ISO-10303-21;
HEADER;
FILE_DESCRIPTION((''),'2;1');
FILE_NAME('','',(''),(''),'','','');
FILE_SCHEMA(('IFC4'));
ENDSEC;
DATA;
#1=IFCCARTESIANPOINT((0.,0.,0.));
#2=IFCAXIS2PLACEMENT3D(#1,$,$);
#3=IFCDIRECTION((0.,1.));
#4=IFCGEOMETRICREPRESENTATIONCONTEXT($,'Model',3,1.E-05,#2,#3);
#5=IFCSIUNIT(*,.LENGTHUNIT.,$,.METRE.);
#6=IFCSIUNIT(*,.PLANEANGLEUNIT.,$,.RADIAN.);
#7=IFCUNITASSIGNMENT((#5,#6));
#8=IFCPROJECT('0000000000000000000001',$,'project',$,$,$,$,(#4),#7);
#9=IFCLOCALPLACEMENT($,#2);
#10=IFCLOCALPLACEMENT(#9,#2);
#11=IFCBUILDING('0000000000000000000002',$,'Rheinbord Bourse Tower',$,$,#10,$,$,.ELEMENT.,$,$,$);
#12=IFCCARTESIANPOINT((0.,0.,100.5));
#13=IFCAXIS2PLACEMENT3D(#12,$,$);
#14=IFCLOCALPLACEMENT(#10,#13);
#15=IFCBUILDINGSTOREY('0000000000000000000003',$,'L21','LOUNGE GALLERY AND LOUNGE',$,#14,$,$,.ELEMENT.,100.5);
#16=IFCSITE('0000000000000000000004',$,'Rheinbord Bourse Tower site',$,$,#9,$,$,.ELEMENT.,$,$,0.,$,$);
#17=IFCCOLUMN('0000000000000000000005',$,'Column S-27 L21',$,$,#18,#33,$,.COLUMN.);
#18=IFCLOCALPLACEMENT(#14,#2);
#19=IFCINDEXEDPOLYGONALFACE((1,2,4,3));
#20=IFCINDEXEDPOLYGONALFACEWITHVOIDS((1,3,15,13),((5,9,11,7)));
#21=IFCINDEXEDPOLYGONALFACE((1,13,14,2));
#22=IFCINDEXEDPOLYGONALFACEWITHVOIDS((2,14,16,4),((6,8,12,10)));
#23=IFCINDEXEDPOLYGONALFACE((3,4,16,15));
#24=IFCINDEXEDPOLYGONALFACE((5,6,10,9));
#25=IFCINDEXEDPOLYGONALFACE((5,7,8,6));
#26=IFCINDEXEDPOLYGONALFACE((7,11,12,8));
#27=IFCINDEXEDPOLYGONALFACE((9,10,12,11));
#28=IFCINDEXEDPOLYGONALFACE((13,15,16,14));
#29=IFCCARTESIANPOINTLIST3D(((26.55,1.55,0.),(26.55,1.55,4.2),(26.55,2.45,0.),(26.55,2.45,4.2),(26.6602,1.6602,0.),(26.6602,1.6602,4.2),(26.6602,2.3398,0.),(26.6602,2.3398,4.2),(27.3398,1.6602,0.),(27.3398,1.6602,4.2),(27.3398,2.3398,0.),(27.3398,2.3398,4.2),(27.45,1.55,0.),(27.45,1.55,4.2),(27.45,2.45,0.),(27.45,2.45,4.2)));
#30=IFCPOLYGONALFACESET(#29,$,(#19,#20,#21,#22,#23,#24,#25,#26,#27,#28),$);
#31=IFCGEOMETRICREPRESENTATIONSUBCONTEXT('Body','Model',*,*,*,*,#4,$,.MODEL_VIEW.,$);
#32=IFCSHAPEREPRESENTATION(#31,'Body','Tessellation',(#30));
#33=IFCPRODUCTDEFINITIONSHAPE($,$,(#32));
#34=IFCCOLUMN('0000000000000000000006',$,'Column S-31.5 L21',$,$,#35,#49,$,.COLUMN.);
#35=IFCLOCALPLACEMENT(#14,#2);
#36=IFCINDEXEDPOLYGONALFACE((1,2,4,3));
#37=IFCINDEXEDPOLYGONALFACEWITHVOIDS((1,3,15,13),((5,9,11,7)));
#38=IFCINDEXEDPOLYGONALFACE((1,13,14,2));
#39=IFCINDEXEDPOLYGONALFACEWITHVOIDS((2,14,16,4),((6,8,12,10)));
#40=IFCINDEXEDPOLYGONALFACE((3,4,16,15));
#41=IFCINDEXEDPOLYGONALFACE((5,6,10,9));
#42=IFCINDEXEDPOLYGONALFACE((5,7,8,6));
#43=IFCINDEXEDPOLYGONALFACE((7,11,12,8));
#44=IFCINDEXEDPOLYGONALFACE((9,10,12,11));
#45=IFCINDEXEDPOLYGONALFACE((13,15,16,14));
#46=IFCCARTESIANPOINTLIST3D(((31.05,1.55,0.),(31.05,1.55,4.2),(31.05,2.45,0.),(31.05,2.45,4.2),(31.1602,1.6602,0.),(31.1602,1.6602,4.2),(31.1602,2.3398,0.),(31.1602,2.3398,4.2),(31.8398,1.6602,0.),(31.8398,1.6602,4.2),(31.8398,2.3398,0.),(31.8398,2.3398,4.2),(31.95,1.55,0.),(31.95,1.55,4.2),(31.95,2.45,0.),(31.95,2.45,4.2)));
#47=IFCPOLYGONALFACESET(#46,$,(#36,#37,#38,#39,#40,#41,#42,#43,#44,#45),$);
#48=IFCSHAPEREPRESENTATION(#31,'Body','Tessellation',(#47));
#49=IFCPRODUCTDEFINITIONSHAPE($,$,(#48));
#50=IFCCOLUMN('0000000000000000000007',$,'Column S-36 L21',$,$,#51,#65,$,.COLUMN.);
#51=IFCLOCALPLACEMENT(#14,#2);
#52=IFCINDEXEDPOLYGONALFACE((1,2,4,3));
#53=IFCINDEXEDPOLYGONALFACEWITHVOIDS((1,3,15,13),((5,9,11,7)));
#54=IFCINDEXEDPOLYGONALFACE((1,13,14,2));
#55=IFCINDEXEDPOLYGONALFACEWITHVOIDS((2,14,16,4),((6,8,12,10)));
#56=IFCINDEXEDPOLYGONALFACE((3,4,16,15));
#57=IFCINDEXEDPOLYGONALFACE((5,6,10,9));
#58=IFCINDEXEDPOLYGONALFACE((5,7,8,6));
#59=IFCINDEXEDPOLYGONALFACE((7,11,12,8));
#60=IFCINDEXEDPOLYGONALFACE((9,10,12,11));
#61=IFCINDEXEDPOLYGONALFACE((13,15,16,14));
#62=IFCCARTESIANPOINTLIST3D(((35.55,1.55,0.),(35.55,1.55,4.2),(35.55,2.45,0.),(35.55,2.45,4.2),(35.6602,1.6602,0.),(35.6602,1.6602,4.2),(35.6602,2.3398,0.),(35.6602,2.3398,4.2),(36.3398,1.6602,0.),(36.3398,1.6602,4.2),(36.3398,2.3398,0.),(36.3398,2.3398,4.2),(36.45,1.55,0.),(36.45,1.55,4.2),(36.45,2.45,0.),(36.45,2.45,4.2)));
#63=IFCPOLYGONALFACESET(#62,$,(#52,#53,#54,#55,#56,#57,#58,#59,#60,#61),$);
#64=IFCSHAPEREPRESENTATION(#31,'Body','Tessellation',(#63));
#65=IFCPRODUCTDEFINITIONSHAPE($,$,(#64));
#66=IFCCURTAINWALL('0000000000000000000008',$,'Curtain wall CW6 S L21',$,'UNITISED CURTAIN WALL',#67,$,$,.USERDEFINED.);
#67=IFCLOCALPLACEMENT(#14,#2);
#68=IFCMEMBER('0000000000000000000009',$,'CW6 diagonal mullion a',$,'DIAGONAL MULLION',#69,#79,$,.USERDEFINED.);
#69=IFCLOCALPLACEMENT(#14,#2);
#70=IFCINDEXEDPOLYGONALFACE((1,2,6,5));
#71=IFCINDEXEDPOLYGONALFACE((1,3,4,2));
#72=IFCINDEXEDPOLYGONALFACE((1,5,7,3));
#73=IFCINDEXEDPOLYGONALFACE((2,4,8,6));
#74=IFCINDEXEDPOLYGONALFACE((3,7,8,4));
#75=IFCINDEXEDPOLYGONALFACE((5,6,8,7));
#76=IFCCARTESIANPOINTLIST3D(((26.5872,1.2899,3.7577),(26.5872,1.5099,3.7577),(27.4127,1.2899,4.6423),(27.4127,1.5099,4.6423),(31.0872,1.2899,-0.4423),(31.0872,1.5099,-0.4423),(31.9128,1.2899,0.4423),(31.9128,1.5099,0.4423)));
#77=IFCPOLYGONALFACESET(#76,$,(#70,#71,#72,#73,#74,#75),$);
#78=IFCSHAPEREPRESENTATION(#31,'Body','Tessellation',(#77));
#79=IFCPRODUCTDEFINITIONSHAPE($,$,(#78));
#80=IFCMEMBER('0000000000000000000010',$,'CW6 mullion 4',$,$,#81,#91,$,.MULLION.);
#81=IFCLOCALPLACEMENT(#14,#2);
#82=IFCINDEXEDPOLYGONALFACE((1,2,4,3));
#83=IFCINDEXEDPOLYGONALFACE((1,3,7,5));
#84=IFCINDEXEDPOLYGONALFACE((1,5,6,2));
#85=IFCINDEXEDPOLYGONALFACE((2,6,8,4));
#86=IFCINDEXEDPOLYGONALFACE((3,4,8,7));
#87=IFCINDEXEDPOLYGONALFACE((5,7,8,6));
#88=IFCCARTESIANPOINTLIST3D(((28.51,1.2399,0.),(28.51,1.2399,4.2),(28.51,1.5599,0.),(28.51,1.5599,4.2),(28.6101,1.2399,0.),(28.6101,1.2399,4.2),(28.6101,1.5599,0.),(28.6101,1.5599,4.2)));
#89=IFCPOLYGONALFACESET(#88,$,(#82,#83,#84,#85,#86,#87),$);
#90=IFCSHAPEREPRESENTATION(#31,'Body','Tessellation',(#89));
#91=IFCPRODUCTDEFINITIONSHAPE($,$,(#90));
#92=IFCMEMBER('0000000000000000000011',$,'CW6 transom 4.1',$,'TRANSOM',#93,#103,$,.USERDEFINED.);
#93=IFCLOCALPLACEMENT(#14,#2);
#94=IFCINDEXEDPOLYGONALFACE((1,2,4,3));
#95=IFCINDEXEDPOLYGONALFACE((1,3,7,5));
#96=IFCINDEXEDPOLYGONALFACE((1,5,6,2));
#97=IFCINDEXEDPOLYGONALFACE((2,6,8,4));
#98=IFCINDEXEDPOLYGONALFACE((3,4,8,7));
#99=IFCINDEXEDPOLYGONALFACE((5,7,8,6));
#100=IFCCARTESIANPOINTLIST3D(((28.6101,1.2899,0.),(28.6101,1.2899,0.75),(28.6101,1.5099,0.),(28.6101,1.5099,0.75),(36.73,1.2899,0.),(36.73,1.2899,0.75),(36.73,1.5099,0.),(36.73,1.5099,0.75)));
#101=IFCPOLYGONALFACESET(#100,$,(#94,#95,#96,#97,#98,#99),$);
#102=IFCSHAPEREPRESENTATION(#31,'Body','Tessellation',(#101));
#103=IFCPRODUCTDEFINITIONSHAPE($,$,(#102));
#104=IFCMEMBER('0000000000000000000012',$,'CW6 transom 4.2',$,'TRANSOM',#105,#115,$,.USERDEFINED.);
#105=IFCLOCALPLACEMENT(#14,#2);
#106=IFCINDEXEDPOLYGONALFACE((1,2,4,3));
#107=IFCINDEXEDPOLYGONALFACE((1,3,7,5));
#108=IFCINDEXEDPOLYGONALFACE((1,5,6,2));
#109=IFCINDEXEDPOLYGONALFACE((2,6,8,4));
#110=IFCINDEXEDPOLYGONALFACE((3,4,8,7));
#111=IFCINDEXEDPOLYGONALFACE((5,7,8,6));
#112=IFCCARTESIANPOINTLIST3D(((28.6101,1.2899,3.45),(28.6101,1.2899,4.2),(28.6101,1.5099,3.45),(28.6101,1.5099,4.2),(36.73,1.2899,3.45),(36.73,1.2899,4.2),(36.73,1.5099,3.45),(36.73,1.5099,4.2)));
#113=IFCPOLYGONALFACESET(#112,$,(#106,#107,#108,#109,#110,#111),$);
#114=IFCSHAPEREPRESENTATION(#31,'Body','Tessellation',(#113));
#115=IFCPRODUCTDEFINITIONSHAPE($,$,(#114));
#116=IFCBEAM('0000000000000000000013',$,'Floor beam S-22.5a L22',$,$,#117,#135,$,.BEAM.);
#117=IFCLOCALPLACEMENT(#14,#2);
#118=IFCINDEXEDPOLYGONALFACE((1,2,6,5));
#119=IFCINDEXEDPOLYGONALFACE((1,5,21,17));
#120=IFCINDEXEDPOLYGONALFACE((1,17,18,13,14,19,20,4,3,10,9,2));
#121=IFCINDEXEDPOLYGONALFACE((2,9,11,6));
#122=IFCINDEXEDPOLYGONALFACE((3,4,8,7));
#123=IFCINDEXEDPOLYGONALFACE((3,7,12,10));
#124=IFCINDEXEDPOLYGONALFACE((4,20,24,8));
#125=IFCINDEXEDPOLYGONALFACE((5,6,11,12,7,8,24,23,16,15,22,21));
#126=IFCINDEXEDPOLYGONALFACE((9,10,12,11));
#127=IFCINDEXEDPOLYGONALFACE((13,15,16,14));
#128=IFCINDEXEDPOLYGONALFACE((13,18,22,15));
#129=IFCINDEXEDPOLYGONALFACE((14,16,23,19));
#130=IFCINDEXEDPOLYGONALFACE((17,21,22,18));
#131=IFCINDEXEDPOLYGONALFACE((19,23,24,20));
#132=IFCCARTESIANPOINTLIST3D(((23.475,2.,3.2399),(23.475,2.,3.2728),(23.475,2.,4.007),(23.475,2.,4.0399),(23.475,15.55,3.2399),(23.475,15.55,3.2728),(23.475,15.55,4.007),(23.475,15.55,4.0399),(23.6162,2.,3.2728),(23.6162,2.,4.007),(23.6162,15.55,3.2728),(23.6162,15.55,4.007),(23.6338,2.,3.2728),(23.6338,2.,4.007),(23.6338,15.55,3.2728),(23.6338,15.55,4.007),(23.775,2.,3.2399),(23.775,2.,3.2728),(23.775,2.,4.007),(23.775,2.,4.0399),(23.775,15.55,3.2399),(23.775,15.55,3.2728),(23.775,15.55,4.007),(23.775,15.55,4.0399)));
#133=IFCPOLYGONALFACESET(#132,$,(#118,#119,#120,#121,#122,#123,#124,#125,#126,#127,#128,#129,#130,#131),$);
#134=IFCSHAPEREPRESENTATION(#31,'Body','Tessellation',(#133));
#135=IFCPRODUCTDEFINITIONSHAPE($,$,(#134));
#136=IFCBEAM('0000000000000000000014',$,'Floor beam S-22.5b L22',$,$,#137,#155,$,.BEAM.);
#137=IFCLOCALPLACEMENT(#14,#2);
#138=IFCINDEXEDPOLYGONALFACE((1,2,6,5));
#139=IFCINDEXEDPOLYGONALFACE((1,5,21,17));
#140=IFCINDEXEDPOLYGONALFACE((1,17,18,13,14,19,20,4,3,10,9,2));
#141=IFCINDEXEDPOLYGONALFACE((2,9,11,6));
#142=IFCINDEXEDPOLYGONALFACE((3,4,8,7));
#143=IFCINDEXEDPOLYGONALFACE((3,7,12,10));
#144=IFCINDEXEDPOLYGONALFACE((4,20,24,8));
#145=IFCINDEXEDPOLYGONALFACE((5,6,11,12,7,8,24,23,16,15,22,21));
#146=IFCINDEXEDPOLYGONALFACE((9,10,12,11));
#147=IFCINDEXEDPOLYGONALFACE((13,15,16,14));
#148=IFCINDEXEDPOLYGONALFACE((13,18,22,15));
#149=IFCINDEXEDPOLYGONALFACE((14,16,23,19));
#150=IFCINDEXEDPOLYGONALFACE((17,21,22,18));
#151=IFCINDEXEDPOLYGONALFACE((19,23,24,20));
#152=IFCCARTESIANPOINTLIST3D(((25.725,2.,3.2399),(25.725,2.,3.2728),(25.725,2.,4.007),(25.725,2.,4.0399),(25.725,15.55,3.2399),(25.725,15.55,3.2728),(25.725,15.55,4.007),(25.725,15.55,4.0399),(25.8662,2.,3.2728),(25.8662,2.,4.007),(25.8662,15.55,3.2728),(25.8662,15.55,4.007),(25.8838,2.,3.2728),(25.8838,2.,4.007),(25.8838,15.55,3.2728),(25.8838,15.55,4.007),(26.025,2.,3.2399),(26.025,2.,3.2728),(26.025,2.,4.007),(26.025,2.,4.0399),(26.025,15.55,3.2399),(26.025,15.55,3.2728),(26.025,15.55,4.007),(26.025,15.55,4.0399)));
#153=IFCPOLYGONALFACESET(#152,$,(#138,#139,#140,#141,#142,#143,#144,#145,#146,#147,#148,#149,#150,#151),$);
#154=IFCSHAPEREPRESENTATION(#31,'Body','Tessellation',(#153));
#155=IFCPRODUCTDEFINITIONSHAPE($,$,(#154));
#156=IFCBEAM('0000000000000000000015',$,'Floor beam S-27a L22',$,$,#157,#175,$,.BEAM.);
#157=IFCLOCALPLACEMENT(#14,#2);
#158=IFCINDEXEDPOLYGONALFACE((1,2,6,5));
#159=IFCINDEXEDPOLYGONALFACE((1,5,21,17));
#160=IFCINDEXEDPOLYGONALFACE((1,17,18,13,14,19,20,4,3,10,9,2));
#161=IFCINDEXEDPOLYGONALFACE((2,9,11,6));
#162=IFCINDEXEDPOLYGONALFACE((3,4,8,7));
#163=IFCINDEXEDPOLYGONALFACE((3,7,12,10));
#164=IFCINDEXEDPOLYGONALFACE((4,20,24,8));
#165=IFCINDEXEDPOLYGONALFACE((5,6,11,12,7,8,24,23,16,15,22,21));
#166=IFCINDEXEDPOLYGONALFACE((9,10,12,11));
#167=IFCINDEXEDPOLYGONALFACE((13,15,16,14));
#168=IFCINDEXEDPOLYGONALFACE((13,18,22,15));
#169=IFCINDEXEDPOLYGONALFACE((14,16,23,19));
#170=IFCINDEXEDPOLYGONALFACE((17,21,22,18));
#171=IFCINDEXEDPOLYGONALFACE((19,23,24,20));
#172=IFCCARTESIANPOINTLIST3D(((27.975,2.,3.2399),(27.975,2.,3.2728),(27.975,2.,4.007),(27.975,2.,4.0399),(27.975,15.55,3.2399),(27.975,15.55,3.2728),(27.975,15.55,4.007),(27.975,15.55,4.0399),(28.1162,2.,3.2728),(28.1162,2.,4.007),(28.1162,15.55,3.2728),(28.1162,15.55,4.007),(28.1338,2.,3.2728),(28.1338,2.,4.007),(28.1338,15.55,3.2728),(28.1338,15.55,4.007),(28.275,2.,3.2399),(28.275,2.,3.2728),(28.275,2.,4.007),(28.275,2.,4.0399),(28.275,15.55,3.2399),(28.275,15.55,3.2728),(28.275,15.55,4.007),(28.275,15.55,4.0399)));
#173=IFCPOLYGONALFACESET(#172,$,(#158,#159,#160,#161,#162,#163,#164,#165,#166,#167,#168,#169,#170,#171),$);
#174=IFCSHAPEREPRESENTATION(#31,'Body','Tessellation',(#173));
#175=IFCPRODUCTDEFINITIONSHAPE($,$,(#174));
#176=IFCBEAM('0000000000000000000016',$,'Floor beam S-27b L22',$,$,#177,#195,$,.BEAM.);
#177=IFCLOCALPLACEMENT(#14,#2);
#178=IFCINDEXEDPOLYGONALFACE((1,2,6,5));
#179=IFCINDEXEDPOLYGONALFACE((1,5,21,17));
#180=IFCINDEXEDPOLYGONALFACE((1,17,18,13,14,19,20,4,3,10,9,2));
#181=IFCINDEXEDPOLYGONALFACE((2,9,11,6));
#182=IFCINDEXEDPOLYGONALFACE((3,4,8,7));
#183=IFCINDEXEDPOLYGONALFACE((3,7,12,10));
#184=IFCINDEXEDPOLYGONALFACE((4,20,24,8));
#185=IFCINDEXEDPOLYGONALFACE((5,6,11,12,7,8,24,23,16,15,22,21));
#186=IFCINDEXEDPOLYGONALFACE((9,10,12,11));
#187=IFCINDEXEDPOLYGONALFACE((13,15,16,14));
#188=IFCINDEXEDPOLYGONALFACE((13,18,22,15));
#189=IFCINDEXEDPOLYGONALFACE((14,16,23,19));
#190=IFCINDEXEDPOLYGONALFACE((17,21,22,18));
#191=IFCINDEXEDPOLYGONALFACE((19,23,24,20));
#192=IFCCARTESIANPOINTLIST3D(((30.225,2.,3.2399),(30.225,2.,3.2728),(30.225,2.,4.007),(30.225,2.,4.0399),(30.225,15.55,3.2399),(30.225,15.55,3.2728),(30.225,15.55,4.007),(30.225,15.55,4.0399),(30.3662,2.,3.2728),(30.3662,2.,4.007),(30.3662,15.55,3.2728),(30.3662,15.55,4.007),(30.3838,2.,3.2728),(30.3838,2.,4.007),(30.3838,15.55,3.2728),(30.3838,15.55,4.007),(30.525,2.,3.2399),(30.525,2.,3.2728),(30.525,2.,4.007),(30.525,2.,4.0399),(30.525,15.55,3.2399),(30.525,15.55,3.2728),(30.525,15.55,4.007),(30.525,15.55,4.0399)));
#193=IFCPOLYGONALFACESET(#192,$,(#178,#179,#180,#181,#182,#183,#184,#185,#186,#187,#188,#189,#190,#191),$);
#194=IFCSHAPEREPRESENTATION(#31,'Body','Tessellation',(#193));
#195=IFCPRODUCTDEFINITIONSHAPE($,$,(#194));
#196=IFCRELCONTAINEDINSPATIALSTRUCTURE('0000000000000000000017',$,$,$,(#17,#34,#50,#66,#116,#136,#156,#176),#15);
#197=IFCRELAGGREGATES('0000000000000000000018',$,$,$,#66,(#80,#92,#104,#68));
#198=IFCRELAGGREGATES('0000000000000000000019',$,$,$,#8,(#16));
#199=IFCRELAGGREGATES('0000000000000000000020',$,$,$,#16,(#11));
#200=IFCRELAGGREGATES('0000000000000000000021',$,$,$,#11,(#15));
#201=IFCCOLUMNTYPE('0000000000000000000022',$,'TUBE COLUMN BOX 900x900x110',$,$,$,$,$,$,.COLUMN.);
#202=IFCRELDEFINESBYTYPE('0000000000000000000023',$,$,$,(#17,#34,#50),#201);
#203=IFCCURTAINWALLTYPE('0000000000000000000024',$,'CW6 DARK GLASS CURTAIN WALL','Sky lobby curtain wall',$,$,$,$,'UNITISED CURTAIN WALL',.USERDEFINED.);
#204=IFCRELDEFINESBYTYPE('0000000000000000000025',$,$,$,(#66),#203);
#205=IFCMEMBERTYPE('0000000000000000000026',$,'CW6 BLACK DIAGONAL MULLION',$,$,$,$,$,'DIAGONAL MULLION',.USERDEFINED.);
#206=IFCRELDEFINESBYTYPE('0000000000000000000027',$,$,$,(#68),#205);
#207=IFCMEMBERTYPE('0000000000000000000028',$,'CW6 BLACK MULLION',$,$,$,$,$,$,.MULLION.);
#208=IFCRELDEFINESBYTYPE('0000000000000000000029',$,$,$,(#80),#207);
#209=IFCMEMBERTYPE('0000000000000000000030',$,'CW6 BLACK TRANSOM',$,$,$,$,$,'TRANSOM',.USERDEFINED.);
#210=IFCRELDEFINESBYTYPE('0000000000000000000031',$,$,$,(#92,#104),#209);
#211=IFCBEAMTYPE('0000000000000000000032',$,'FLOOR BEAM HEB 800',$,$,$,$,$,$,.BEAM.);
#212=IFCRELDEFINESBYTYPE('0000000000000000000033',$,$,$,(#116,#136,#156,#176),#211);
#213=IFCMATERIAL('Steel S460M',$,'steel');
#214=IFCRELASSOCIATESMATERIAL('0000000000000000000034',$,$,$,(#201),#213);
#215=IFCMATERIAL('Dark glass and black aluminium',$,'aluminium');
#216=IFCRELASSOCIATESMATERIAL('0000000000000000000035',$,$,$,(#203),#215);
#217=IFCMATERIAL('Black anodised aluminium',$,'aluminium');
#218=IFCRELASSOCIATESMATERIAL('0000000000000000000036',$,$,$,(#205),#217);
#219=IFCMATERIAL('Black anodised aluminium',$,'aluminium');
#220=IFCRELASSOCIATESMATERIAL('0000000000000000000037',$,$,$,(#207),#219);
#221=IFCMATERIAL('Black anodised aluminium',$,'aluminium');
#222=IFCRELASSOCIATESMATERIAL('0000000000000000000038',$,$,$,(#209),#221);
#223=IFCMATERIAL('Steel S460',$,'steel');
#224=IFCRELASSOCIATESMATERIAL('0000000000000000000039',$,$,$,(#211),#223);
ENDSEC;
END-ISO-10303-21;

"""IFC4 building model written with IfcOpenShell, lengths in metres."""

from ifc_helpers import new_model, si_unit, direction, frame, origin, origin_2d, place, context, subcontext, project, spatial, rectangle, hollow_rectangle, i_section, extrude, material, material_profile, profile_set, type_object, element, aggregate, save


model = new_model("IFC4")

# Units and contexts
model_context = context("Model", 3, precision=1e-05, world=origin(), true_north=direction((0.0, 1.0)))
body_context = subcontext(model_context, "Body", "Model", "MODEL_VIEW")
ifc_project = project(units=[si_unit("LENGTHUNIT", "METRE"), si_unit("PLANEANGLEUNIT", "RADIAN")], contexts=[model_context])

# Site, building, storey
site_placement = place(None, origin())
site = spatial("IfcSite", under=ifc_project, at=site_placement, Name="Rheinbord Bourse Tower site", CompositionType="ELEMENT", RefElevation=0.0)
building_placement = place(site_placement, origin())
building = spatial("IfcBuilding", under=site, at=building_placement, Name="Rheinbord Bourse Tower", CompositionType="ELEMENT")
storey_placement = place(building_placement, frame((0.0, 0.0, 100.5)))
storey = spatial("IfcBuildingStorey", under=building, at=storey_placement, Name="L21", Description="LOUNGE GALLERY AND LOUNGE", CompositionType="ELEMENT", Elevation=100.5)

# Columns
ifc_material_1 = material(Name="Steel S460M", Category="steel")
ifc_material_profile_1 = material_profile(ifc_material_1, hollow_rectangle(XDim=0.8999, YDim=0.8999, WallThickness=0.1101, at=origin_2d()), Name="BOX 900x900x110")
ifc_profile_set_1 = profile_set([ifc_material_profile_1], Name="Steel S460M")
column_type = type_object("IfcColumnType", Name="TUBE COLUMN BOX 900x900x110", PredefinedType="COLUMN", material=ifc_profile_set_1)
for number, where, z_axis, x_axis, name in (
    (1, (27.0, 2.0, 0.0), (0.0, 0.0, 1.0), (0.0, 1.0, 0.0), "Column S-27 L21"),
    (2, (31.5, 2.0, 0.0), (0.0, 0.0, 1.0), (0.0, 1.0, 0.0), "Column S-31.5 L21"),
    (3, (36.0, 2.0, 0.0), (0.0, 0.0, 1.0), (0.0, 1.0, 0.0), "Column S-36 L21"),
):
    element("IfcColumn", number, at=place(storey_placement, frame(where, z_axis=z_axis, x_axis=x_axis)), inside=storey, type_object=column_type, Name=name, PredefinedType="COLUMN", context=body_context, shape_type="SweptSolid", body=[
        extrude(hollow_rectangle(XDim=0.8999, YDim=0.8999, WallThickness=0.1101, at=origin_2d()), origin(), (0.0, 0.0, 1.0), 4.2),
    ])

# Curtain wall, members
ifc_material_2 = material(Name="Dark glass and black aluminium", Category="aluminium")
curtain_wall_type = type_object("IfcCurtainWallType", Name="CW6 DARK GLASS CURTAIN WALL", Description="Sky lobby curtain wall", ElementType="UNITISED CURTAIN WALL", PredefinedType="USERDEFINED", material=ifc_material_2)
curtain_wall_placement = place(storey_placement, origin())
curtain_wall = element("IfcCurtainWall", 4, at=curtain_wall_placement, inside=storey, type_object=curtain_wall_type, Name="Curtain wall CW6 S L21", ObjectType="UNITISED CURTAIN WALL", PredefinedType="USERDEFINED")
ifc_material_3 = material(Name="Black anodised aluminium", Category="aluminium")
ifc_material_profile_2 = material_profile(ifc_material_3, rectangle(XDim=0.22, YDim=1.21, at=origin_2d()), Name="CW6 DIAGONAL MULLION 1210x220")
ifc_profile_set_2 = profile_set([ifc_material_profile_2], Name="Black anodised aluminium")
member_type_1 = type_object("IfcMemberType", Name="CW6 BLACK DIAGONAL MULLION", ElementType="DIAGONAL MULLION", PredefinedType="USERDEFINED", material=ifc_profile_set_2)
member_1_placement = place(storey_placement, frame((31.5, 1.3999, 0.0), z_axis=(-0.731059, 0.0, 0.682314), x_axis=(0.0, -1.0, 0.0)))
member_1 = element("IfcMember", 5, at=member_1_placement, type_object=member_type_1, Name="CW6 diagonal mullion a", ObjectType="DIAGONAL MULLION", PredefinedType="USERDEFINED", context=body_context, shape_type="SweptSolid", body=[
    extrude(rectangle(XDim=0.22, YDim=1.21, at=origin_2d()), origin(), (0.0, 0.0, 1.0), 6.1555),
])
ifc_material_4 = material(Name="Black anodised aluminium", Category="aluminium")
ifc_material_profile_3 = material_profile(ifc_material_4, rectangle(XDim=0.3201, YDim=0.1001, at=origin_2d()), Name="CW6 MULLION 100x320")
ifc_profile_set_3 = profile_set([ifc_material_profile_3], Name="Black anodised aluminium")
member_type_2 = type_object("IfcMemberType", Name="CW6 BLACK MULLION", PredefinedType="MULLION", material=ifc_profile_set_3)
member_2_placement = place(storey_placement, frame((28.5601, 1.3999, 0.0), z_axis=(0.0, 0.0, 1.0), x_axis=(0.0, 1.0, 0.0)))
member_2 = element("IfcMember", 6, at=member_2_placement, type_object=member_type_2, Name="CW6 mullion 4", PredefinedType="MULLION", context=body_context, shape_type="SweptSolid", body=[
    extrude(rectangle(XDim=0.3201, YDim=0.1001, at=origin_2d()), origin(), (0.0, 0.0, 1.0), 4.2),
])
ifc_material_5 = material(Name="Black anodised aluminium", Category="aluminium")
ifc_material_profile_4 = material_profile(ifc_material_5, rectangle(XDim=0.22, YDim=0.75, at=origin_2d()), Name="CW6 TRANSOM 750x220")
ifc_profile_set_4 = profile_set([ifc_material_profile_4], Name="Black anodised aluminium")
member_type_3 = type_object("IfcMemberType", Name="CW6 BLACK TRANSOM", ElementType="TRANSOM", PredefinedType="USERDEFINED", material=ifc_profile_set_4)
member_3_placement = place(storey_placement, frame((28.6101, 1.3999, 0.375), z_axis=(1.0, 0.0, 0.0), x_axis=(0.0, 1.0, 0.0)))
member_3 = element("IfcMember", 7, at=member_3_placement, type_object=member_type_3, Name="CW6 transom 4.1", ObjectType="TRANSOM", PredefinedType="USERDEFINED", context=body_context, shape_type="SweptSolid", body=[
    extrude(rectangle(XDim=0.22, YDim=0.75, at=origin_2d()), origin(), (0.0, 0.0, 1.0), 8.1199),
])
member_4_placement = place(storey_placement, frame((28.6101, 1.3999, 3.825), z_axis=(1.0, 0.0, 0.0), x_axis=(0.0, 1.0, 0.0)))
member_4 = element("IfcMember", 8, at=member_4_placement, type_object=member_type_3, Name="CW6 transom 4.2", ObjectType="TRANSOM", PredefinedType="USERDEFINED", context=body_context, shape_type="SweptSolid", body=[
    extrude(rectangle(XDim=0.22, YDim=0.75, at=origin_2d()), origin(), (0.0, 0.0, 1.0), 8.1199),
])

# Beams
ifc_material_6 = material(Name="Steel S460", Category="steel")
ifc_material_profile_5 = material_profile(ifc_material_6, i_section(OverallWidth=0.3, OverallDepth=0.8, WebThickness=0.0176, FlangeThickness=0.033, at=origin_2d()), Name="HEB 800")
ifc_profile_set_5 = profile_set([ifc_material_profile_5], Name="Steel S460")
beam_type_1 = type_object("IfcBeamType", Name="FLOOR BEAM HEB 800", PredefinedType="BEAM", material=ifc_profile_set_5)
for number, where, z_axis, x_axis, name in (
    (9, (23.625, 2.0, 3.6399), (0.0, 1.0, 0.0), (-1.0, 0.0, 0.0), "Floor beam S-22.5a L22"),
    (10, (25.875, 2.0, 3.6399), (0.0, 1.0, 0.0), (-1.0, 0.0, 0.0), "Floor beam S-22.5b L22"),
    (11, (28.125, 2.0, 3.6399), (0.0, 1.0, 0.0), (-1.0, 0.0, 0.0), "Floor beam S-27a L22"),
    (12, (30.375, 2.0, 3.6399), (0.0, 1.0, 0.0), (-1.0, 0.0, 0.0), "Floor beam S-27b L22"),
):
    element("IfcBeam", number, at=place(storey_placement, frame(where, z_axis=z_axis, x_axis=x_axis)), inside=storey, type_object=beam_type_1, Name=name, PredefinedType="BEAM", context=body_context, shape_type="SweptSolid", body=[
        extrude(i_section(OverallWidth=0.3, OverallDepth=0.8, WebThickness=0.0176, FlangeThickness=0.033, at=origin_2d()), origin(), (0.0, 0.0, 1.0), 13.55),
    ])

aggregate(curtain_wall, [member_2, member_3, member_4, member_1])

save(model, "model.ifc")
